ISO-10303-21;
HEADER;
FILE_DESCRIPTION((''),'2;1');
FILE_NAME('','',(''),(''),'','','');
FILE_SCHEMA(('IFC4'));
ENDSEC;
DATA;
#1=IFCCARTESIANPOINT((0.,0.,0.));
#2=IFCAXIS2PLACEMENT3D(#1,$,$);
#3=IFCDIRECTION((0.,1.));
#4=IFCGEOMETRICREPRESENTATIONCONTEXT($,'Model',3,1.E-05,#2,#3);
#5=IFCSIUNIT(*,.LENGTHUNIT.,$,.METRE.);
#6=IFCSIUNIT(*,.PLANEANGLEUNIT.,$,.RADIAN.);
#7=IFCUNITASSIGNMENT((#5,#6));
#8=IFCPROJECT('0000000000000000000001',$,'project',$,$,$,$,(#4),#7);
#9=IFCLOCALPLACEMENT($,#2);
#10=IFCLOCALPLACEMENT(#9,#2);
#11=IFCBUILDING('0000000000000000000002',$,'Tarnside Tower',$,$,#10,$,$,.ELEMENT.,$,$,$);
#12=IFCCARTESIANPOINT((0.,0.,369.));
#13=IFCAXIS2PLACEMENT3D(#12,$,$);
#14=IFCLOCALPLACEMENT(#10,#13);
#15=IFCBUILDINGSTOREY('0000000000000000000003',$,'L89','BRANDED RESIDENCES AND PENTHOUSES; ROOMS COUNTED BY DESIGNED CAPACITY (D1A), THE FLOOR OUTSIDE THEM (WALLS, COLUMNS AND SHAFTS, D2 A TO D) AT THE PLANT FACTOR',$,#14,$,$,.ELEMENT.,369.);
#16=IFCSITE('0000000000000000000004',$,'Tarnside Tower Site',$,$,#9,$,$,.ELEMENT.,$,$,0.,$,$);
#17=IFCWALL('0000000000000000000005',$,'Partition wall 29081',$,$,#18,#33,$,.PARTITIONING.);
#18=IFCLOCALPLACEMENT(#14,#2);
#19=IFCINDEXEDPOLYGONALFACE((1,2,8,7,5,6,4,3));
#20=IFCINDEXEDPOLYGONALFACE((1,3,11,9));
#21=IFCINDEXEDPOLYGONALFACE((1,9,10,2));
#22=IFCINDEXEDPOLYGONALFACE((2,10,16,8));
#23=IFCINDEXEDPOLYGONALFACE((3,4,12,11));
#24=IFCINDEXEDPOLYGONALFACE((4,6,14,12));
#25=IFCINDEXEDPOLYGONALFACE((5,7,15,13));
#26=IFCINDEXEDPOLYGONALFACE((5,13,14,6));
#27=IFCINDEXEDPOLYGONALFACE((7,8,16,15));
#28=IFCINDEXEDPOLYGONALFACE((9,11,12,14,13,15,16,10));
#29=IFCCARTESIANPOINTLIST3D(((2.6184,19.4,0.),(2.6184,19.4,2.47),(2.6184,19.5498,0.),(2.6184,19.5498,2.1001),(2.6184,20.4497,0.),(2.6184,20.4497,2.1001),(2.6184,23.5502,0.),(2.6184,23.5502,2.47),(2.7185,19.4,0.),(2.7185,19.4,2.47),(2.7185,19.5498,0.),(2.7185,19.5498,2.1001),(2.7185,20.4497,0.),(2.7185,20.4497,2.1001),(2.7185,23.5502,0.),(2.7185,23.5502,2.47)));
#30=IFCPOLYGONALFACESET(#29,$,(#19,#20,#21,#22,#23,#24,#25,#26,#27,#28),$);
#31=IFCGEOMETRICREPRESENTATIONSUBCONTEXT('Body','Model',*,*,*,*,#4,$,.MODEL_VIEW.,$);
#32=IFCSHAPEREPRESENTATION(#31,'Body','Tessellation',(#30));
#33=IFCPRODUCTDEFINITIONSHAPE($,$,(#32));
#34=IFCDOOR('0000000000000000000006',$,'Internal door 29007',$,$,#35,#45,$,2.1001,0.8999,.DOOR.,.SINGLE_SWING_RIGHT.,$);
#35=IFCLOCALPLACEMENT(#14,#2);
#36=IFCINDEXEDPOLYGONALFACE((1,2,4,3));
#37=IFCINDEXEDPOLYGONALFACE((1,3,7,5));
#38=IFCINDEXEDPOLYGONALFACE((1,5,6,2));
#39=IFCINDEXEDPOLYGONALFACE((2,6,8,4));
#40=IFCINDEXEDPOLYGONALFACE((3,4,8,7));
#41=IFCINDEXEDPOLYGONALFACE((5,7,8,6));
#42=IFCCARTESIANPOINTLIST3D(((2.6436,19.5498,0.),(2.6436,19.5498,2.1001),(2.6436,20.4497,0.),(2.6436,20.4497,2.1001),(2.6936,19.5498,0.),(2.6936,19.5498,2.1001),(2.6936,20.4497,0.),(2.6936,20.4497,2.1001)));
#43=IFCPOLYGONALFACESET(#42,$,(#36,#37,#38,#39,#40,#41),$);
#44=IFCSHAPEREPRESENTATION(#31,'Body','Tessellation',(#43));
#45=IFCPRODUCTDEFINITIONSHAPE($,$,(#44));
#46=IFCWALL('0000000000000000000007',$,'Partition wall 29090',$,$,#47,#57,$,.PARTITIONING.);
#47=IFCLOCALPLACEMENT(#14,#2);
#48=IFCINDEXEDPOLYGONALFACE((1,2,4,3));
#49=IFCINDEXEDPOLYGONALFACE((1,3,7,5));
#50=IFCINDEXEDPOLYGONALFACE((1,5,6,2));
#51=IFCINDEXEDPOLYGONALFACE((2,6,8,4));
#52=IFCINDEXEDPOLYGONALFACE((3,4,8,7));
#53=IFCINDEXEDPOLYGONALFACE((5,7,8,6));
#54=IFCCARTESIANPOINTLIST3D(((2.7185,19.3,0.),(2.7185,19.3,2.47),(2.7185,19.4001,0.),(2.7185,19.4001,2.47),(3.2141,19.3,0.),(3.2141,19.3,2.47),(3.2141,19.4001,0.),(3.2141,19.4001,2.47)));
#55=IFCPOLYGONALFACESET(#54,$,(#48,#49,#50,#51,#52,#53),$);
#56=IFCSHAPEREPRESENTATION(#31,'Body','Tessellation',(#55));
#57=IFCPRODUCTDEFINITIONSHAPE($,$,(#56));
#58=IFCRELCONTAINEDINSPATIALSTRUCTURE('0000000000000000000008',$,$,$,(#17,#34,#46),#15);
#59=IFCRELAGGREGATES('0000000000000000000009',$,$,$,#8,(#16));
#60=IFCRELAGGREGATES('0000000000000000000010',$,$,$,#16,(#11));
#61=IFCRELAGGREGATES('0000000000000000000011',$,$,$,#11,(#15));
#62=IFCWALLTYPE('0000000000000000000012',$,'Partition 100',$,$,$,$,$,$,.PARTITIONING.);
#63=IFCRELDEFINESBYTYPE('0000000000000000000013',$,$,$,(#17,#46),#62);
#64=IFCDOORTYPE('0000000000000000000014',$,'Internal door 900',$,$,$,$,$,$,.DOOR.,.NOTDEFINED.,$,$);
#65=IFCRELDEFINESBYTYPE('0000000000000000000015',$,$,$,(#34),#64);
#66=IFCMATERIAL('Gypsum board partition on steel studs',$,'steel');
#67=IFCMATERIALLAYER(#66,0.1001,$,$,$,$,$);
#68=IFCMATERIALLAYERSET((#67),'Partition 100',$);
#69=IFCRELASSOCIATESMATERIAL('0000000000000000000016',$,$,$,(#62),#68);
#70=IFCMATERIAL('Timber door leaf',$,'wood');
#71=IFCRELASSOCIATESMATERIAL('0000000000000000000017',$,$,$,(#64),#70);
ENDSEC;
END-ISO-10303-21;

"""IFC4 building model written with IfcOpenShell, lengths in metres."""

from ifc_helpers import new_model, si_unit, direction, frame, frame_2d, origin, place, context, subcontext, project, spatial, rectangle, extrude, material, layer, layer_set, type_object, element, fill, save


model = new_model("IFC4")

# Units and contexts
model_context = context("Model", 3, precision=1e-05, world=origin(), true_north=direction((0.0, 1.0)))
body_context = subcontext(model_context, "Body", "Model", "MODEL_VIEW")
ifc_project = project(units=[si_unit("LENGTHUNIT", "METRE"), si_unit("PLANEANGLEUNIT", "RADIAN")], contexts=[model_context])

# Site, building, storey
site_placement = place(None, origin())
site = spatial("IfcSite", under=ifc_project, at=site_placement, Name="Tarnside Tower Site", CompositionType="ELEMENT", RefElevation=0.0)
building_placement = place(site_placement, origin())
building = spatial("IfcBuilding", under=site, at=building_placement, Name="Tarnside Tower", CompositionType="ELEMENT")
storey_placement = place(building_placement, frame((0.0, 0.0, 369.0)))
storey = spatial("IfcBuildingStorey", under=building, at=storey_placement, Name="L89", Description="BRANDED RESIDENCES AND PENTHOUSES; ROOMS COUNTED BY DESIGNED CAPACITY (D1A), THE FLOOR OUTSIDE THEM (WALLS, COLUMNS AND SHAFTS, D2 A TO D) AT THE PLANT FACTOR", CompositionType="ELEMENT", Elevation=369.0)

# Shared definitions
ifc_material_1 = material(Name="Gypsum board partition on steel studs", Category="steel")
ifc_material_2 = material(Name="Timber door leaf", Category="wood")

# Wall, opening, door
ifc_layer_1 = layer(ifc_material_1, 0.1001)
ifc_layer_set_1 = layer_set([ifc_layer_1], Name="Partition 100")
wall_type_1 = type_object("IfcWallType", Name="Partition 100", PredefinedType="PARTITIONING", material=ifc_layer_set_1)
wall_1_placement = place(storey_placement, frame((2.6685, 19.3999, 0.0), z_axis=(0.0, 0.0, 1.0), x_axis=(0.0, 1.0, 0.0)))
wall_1 = element("IfcWall", 1, at=wall_1_placement, inside=storey, type_object=wall_type_1, Name="Partition wall 29081", PredefinedType="PARTITIONING", context=body_context, shape_type="SweptSolid", body=[
    extrude(rectangle(XDim=4.1501, YDim=0.1001, at=frame_2d((2.0752, 0.0))), origin(), (0.0, 0.0, 1.0), 2.47),
])
opening_1_placement = place(wall_1_placement, frame((0.1499, 0.0, 0.0)))
opening_1 = element("IfcOpeningElement", 2, at=opening_1_placement, cuts=wall_1, PredefinedType="OPENING", context=body_context, shape_type="SweptSolid", body=[
    extrude(rectangle(XDim=0.8999, YDim=2.1001, at=frame_2d((0.45, 1.05))), frame((0.0, 0.0601, 0.0), z_axis=(0.0, -1.0, 0.0), x_axis=(1.0, 0.0, 0.0)), (0.0, 0.0, 1.0), 0.1201),
])
door_type_1 = type_object("IfcDoorType", Name="Internal door 900", OperationType="NOTDEFINED", PredefinedType="DOOR", material=ifc_material_2)
door_1_placement = place(opening_1_placement, origin())
door_1 = element("IfcDoor", 3, at=door_1_placement, inside=storey, type_object=door_type_1, Name="Internal door 29007", OperationType="SINGLE_SWING_RIGHT", OverallHeight=2.1001, OverallWidth=0.8999, PredefinedType="DOOR", context=body_context, shape_type="SweptSolid", body=[
    extrude(rectangle(XDim=0.8999, YDim=2.1001, at=frame_2d((0.45, 1.05))), frame((0.0, 0.0249, 0.0), z_axis=(0.0, -1.0, 0.0), x_axis=(1.0, 0.0, 0.0)), (0.0, 0.0, 1.0), 0.05),
])
fill(opening_1, door_1)

# Wall
wall_2_placement = place(storey_placement, frame((3.2141, 19.3501, 0.0), z_axis=(0.0, 0.0, 1.0), x_axis=(-1.0, 0.0, 0.0)))
element("IfcWall", 4, at=wall_2_placement, inside=storey, type_object=wall_type_1, Name="Partition wall 29090", PredefinedType="PARTITIONING", context=body_context, shape_type="SweptSolid", body=[
    extrude(rectangle(XDim=0.4956, YDim=0.1001, at=frame_2d((0.2478, 0.0))), origin(), (0.0, 0.0, 1.0), 2.47),
])

save(model, "model.ifc")
